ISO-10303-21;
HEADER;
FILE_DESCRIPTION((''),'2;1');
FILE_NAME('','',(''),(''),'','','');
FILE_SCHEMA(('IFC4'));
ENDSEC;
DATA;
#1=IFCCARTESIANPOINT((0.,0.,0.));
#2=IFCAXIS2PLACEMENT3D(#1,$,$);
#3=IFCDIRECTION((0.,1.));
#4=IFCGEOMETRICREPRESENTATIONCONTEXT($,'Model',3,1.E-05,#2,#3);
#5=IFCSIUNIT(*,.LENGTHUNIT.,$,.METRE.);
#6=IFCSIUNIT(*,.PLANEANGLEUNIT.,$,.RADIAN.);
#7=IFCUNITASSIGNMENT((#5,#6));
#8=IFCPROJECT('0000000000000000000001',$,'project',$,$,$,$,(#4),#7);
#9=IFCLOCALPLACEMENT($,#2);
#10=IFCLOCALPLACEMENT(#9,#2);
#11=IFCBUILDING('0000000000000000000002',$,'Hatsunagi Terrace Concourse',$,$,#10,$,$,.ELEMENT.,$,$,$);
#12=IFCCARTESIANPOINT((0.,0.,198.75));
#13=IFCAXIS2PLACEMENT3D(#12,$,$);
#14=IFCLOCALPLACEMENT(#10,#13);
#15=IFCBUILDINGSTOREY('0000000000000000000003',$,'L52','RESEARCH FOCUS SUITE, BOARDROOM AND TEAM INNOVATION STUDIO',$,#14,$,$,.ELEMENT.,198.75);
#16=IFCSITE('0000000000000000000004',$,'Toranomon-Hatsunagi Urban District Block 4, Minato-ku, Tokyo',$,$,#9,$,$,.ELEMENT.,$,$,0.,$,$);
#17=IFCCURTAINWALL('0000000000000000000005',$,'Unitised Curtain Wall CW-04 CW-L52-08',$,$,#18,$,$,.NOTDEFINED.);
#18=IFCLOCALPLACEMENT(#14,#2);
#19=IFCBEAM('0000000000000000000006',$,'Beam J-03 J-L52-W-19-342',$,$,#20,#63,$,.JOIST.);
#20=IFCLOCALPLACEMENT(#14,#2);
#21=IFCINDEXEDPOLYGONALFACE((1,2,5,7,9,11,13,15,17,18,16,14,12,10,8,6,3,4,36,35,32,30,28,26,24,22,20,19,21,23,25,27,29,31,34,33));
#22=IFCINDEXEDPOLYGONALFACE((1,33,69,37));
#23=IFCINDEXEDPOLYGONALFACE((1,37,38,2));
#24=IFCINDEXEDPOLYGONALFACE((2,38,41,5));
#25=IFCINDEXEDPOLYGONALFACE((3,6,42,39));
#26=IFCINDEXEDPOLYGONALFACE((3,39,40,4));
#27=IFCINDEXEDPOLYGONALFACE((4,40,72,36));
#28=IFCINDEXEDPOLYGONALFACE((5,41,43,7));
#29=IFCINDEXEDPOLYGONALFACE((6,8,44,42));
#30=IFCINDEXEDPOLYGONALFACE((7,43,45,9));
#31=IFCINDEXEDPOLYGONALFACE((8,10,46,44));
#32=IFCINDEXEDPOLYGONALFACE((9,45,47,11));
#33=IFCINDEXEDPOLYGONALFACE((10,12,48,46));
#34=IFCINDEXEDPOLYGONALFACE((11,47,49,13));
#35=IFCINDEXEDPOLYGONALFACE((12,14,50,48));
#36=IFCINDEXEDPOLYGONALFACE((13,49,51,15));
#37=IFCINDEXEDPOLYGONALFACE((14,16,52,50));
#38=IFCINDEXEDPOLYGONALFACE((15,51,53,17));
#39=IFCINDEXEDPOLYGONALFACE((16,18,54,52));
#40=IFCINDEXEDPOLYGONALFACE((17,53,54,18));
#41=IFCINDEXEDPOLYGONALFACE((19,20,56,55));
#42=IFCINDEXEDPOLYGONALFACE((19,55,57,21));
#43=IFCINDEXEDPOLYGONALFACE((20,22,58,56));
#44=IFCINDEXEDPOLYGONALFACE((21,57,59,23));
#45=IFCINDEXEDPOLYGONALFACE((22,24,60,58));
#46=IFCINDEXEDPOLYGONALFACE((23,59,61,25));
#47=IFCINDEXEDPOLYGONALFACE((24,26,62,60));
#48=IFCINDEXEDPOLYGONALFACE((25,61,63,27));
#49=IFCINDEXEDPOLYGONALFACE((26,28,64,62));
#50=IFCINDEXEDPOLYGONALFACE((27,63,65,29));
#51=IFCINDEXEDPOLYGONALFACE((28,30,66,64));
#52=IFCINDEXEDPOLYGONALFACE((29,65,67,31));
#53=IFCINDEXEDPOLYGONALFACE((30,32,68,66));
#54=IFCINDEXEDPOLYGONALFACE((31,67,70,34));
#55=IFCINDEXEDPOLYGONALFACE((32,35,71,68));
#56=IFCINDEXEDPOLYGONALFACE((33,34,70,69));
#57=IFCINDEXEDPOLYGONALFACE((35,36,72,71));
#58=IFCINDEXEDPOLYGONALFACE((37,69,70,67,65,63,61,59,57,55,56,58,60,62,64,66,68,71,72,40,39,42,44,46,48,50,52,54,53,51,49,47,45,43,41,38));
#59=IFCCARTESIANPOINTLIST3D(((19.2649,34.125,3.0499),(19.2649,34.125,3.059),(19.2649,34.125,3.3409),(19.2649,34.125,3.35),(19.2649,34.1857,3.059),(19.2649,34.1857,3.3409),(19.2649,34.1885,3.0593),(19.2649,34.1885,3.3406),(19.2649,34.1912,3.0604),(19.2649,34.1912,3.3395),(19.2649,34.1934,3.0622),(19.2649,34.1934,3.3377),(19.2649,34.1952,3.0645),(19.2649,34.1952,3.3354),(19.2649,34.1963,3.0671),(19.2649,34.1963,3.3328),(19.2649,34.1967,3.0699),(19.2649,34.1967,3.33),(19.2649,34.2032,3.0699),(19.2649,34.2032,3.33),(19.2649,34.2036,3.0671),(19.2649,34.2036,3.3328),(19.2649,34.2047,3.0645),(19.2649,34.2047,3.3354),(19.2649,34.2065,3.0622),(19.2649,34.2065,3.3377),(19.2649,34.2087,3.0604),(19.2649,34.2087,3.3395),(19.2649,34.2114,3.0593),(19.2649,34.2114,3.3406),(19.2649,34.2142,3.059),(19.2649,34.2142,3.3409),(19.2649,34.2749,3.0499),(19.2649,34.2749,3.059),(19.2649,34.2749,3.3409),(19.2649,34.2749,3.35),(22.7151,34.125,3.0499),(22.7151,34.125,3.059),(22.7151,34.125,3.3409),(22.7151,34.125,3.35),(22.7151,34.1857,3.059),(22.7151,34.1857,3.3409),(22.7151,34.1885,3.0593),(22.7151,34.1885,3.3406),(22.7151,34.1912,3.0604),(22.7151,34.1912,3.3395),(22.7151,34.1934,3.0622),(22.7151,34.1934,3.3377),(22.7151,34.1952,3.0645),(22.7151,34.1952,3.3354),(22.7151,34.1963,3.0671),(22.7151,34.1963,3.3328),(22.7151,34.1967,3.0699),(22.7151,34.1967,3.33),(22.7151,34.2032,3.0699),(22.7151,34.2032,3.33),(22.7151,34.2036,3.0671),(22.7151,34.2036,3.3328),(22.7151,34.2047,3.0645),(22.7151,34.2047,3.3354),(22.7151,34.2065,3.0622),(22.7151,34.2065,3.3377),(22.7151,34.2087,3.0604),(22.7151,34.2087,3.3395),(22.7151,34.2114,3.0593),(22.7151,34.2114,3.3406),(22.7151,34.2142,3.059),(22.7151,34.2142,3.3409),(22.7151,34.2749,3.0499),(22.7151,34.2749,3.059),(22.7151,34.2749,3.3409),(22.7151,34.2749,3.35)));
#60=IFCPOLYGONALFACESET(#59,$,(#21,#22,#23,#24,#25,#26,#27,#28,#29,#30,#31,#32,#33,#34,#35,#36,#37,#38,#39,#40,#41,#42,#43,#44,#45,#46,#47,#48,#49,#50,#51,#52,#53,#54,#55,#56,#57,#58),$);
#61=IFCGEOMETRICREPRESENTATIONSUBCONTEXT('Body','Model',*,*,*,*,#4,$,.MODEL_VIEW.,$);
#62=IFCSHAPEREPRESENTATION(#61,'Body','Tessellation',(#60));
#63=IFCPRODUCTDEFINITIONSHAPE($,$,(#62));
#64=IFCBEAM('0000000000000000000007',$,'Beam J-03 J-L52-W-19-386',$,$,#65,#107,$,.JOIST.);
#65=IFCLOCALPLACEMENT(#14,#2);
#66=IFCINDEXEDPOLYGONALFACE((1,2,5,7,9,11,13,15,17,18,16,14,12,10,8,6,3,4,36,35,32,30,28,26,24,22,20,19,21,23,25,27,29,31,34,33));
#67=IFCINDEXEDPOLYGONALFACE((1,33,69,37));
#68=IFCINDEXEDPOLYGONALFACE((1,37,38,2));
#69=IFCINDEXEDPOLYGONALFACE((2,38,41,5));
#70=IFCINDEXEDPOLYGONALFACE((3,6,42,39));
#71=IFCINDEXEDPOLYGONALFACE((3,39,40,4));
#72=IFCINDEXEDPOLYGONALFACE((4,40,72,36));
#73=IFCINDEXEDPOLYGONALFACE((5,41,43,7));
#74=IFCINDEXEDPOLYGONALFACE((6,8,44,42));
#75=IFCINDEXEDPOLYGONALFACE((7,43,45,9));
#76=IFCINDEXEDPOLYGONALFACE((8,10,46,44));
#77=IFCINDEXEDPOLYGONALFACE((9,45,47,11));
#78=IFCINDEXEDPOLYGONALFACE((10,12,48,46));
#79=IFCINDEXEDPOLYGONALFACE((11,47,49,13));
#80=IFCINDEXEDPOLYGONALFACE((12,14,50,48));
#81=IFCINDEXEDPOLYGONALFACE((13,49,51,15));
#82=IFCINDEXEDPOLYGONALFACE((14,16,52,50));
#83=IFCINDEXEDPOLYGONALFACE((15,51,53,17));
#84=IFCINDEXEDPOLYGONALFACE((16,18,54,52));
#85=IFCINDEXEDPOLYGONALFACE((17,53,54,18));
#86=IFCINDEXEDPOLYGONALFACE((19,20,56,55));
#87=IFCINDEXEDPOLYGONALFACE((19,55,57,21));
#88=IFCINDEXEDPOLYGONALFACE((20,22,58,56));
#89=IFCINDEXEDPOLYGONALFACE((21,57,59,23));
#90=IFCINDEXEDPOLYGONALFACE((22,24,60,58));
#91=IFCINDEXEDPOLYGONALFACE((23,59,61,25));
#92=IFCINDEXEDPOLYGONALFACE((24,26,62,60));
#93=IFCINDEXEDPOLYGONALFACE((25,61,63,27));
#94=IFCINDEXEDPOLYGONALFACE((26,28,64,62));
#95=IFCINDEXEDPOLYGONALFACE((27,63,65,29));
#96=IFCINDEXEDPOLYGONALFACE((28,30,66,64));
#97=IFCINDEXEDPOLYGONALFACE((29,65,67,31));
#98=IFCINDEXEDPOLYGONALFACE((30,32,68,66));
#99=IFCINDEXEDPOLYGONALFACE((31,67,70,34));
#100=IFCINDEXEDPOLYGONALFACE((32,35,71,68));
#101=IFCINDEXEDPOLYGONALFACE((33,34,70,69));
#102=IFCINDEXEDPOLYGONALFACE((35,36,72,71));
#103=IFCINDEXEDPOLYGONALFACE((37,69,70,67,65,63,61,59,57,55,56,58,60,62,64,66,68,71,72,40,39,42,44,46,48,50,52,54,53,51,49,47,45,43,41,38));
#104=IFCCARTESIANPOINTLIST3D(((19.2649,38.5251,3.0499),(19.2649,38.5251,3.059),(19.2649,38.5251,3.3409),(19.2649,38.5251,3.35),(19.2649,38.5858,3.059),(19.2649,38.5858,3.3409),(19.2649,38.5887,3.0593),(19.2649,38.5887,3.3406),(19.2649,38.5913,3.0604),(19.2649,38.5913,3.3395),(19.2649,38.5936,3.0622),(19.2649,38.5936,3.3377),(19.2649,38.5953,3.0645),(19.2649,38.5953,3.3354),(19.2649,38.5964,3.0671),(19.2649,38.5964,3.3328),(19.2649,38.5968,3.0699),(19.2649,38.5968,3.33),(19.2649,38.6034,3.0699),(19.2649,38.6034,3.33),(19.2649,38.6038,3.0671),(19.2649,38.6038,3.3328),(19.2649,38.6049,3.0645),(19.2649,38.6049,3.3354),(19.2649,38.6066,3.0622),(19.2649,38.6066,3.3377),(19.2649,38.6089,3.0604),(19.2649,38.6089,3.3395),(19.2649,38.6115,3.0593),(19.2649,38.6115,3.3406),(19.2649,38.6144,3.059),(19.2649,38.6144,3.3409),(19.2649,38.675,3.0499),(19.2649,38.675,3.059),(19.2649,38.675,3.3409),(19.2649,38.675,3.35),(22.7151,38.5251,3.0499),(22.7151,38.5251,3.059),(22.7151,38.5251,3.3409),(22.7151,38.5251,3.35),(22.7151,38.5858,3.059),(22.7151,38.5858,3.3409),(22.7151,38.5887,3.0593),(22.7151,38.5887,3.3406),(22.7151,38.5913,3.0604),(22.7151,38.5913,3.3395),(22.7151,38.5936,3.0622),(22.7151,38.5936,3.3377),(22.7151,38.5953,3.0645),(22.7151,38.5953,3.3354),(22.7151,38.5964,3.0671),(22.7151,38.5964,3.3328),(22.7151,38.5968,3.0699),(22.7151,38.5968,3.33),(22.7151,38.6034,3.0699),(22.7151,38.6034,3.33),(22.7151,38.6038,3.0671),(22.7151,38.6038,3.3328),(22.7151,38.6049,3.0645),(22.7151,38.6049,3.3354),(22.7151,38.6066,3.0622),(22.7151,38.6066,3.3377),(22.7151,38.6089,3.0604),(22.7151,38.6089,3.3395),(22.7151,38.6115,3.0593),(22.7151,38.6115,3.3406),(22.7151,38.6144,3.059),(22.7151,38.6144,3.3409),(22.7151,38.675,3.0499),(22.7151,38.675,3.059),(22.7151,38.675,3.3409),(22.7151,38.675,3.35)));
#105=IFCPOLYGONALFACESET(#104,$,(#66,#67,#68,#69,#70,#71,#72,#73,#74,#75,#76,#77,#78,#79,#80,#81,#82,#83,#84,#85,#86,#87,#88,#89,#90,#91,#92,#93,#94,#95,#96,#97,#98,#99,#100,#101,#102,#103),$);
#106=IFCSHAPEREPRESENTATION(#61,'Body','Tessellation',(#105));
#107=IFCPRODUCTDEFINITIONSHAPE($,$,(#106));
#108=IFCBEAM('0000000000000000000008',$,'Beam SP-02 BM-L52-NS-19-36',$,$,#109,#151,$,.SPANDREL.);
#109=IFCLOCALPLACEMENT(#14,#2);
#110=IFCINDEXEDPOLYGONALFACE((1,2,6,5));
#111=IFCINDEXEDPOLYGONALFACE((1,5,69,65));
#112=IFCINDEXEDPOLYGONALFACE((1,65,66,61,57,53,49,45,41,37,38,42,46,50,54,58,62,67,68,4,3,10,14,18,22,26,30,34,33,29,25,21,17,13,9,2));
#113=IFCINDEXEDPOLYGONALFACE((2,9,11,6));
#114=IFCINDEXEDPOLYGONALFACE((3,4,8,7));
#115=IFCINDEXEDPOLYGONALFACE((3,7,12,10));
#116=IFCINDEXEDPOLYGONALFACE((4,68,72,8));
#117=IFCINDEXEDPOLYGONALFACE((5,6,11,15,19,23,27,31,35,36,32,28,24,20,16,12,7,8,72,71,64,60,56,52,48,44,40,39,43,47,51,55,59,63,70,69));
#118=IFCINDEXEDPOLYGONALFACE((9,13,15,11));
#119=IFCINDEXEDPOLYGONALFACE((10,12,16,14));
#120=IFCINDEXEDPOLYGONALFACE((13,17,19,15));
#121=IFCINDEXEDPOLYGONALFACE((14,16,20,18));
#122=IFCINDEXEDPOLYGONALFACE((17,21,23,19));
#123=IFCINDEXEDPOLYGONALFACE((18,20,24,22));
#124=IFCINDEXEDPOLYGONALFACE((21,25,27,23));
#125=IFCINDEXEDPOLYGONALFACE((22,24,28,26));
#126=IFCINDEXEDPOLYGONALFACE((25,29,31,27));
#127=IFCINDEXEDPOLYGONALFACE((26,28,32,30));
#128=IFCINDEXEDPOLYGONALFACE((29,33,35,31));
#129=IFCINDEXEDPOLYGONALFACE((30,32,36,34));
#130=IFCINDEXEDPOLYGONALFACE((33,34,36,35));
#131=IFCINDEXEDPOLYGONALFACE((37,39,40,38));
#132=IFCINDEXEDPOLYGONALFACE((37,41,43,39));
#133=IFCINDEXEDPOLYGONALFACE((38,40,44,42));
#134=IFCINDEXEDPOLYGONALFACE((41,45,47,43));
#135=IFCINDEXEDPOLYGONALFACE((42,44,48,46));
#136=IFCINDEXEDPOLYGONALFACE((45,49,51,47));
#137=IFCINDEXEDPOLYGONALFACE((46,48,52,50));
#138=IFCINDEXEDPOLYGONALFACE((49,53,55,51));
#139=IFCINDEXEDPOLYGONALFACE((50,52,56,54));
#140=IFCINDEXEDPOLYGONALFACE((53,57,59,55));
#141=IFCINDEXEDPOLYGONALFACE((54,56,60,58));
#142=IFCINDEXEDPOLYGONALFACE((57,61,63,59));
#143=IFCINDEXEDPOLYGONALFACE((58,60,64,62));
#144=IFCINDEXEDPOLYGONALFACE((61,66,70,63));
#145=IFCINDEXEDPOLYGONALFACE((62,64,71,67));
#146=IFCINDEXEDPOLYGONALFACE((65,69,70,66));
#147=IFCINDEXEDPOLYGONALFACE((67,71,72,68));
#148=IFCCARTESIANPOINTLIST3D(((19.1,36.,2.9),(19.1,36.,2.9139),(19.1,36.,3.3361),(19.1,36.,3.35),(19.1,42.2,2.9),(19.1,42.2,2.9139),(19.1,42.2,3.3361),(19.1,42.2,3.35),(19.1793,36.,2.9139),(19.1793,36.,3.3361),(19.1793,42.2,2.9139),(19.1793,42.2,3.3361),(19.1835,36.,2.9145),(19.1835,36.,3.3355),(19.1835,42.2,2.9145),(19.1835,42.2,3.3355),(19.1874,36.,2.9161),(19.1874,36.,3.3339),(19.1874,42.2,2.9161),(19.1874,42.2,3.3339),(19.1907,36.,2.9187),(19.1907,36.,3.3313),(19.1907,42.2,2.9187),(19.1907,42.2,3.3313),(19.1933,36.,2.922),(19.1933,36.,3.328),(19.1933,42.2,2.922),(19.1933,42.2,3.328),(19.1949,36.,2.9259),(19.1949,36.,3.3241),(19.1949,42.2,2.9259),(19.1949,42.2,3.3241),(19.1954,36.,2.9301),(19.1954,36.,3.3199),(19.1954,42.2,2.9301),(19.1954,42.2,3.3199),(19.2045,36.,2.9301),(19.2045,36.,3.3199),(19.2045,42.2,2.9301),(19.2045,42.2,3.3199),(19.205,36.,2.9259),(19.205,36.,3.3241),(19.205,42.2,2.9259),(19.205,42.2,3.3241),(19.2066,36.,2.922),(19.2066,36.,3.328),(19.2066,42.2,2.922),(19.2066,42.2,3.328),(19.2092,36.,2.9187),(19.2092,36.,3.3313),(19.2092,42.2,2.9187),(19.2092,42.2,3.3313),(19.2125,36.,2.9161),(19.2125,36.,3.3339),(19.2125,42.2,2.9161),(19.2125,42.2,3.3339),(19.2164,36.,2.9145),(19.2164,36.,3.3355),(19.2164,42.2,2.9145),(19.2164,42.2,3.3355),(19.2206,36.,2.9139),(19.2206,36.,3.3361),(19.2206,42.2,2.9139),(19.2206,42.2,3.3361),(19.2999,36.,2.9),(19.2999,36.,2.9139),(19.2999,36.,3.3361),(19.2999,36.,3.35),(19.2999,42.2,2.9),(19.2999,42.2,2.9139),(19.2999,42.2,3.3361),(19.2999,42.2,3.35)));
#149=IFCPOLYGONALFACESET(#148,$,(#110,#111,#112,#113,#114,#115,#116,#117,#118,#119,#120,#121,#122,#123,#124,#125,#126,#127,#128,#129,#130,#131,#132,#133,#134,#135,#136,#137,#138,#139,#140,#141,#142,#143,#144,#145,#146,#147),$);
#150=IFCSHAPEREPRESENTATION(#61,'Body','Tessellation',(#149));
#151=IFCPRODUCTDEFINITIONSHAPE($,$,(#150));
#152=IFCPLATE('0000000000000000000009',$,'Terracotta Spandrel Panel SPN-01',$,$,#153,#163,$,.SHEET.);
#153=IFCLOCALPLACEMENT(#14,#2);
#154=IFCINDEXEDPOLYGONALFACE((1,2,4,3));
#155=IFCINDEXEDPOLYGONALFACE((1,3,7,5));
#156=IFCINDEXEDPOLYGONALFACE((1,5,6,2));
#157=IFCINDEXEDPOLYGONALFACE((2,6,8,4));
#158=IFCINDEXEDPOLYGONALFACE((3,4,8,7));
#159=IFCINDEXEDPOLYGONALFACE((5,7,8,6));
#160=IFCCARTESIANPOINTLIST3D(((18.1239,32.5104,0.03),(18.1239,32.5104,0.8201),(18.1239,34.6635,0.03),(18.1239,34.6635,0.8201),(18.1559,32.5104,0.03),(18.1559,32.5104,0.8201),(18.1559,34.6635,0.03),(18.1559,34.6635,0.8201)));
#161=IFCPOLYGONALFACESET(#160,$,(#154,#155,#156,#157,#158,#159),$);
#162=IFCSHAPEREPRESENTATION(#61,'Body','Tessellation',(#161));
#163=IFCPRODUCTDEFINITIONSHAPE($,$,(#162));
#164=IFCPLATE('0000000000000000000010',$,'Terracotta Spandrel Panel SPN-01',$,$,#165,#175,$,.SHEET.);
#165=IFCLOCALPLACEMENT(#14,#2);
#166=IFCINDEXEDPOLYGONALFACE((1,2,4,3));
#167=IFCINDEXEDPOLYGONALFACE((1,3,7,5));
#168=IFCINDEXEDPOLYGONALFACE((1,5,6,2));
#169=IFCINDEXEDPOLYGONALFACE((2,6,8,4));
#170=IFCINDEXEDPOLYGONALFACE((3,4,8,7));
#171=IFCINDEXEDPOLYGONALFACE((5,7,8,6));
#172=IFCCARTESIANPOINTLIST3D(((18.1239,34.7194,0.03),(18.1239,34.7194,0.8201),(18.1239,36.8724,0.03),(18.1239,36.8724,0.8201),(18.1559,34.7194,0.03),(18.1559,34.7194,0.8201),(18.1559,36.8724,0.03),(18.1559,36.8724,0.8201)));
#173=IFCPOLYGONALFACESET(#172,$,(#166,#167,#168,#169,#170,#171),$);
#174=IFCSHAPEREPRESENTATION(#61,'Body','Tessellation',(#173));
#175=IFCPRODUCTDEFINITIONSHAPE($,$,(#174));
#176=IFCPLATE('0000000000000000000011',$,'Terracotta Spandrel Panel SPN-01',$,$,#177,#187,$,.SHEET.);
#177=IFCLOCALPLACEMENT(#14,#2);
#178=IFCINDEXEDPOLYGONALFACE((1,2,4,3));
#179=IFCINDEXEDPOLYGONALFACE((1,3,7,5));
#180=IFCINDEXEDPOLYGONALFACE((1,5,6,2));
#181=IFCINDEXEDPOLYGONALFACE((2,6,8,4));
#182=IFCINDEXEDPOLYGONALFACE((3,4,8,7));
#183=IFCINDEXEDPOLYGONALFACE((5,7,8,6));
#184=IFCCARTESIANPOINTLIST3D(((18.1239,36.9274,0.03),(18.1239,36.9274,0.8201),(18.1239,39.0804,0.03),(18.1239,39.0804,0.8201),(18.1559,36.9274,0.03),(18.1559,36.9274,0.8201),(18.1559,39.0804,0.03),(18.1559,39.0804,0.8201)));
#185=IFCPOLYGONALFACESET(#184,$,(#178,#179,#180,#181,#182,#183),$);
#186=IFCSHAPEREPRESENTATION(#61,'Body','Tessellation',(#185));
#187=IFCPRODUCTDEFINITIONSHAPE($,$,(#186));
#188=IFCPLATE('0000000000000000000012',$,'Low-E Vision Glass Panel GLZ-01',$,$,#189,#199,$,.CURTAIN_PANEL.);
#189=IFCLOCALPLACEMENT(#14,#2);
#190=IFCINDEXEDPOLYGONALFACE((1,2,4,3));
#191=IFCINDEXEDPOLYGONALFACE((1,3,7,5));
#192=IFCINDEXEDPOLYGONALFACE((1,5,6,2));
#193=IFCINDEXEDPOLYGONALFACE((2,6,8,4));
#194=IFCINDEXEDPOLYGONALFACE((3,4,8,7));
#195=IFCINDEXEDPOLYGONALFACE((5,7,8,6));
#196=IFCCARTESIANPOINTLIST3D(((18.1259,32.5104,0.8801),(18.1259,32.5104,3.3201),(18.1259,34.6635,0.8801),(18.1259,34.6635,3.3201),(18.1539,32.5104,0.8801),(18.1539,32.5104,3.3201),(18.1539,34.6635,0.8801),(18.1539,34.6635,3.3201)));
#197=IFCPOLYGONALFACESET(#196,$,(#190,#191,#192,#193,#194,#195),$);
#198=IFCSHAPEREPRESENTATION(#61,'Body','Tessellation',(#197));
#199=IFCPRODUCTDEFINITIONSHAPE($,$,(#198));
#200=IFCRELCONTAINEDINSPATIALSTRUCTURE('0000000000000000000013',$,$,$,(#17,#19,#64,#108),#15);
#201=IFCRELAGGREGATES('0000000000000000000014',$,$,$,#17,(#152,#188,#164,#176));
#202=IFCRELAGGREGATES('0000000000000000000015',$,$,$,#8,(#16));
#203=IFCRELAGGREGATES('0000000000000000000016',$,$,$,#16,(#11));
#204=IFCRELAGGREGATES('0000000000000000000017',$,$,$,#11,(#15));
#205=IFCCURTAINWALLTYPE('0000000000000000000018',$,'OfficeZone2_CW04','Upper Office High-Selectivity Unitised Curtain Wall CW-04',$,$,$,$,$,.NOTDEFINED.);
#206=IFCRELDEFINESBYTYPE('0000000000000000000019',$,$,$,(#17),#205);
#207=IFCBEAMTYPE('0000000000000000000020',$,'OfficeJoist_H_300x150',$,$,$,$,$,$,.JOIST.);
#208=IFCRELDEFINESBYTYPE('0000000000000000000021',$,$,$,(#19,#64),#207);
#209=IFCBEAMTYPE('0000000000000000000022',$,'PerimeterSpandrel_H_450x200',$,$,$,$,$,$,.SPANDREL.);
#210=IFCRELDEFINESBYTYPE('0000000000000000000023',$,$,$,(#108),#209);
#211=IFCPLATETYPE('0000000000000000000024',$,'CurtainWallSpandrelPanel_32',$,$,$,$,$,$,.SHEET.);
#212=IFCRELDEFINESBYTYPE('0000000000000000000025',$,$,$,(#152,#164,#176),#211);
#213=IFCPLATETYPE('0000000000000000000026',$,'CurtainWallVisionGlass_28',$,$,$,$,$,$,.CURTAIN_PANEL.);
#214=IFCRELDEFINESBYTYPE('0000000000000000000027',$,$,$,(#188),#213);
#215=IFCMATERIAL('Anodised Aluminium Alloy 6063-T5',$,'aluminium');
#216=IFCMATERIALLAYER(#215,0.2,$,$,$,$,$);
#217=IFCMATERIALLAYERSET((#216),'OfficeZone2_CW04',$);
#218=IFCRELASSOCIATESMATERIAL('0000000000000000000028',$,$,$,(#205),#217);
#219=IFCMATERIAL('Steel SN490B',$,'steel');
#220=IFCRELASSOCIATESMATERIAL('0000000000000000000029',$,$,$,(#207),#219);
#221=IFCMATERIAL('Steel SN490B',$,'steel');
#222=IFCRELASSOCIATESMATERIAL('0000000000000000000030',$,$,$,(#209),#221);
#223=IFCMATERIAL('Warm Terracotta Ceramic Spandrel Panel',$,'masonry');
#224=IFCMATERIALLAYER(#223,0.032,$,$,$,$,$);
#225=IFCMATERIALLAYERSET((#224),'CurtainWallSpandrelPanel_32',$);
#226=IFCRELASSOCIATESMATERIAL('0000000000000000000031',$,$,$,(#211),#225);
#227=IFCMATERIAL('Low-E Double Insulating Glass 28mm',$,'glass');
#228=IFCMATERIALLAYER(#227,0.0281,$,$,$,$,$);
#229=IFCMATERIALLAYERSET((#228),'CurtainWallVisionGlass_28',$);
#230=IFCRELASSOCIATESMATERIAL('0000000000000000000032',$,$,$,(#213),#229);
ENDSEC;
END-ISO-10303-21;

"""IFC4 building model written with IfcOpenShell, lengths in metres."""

from ifc_helpers import new_model, si_unit, direction, frame, origin, origin_2d, place, context, subcontext, project, spatial, rectangle, i_section, extrude, material, layer, layer_set, material_profile, profile_set, type_object, element, aggregate, save


model = new_model("IFC4")

# Units and contexts
model_context = context("Model", 3, precision=1e-05, world=origin(), true_north=direction((0.0, 1.0)))
body_context = subcontext(model_context, "Body", "Model", "MODEL_VIEW")
ifc_project = project(units=[si_unit("LENGTHUNIT", "METRE"), si_unit("PLANEANGLEUNIT", "RADIAN")], contexts=[model_context])

# Site, building, storey
site_placement = place(None, origin())
site = spatial("IfcSite", under=ifc_project, at=site_placement, Name="Toranomon-Hatsunagi Urban District Block 4, Minato-ku, Tokyo", CompositionType="ELEMENT", RefElevation=0.0)
building_placement = place(site_placement, origin())
building = spatial("IfcBuilding", under=site, at=building_placement, Name="Hatsunagi Terrace Concourse", CompositionType="ELEMENT")
storey_placement = place(building_placement, frame((0.0, 0.0, 198.75)))
storey = spatial("IfcBuildingStorey", under=building, at=storey_placement, Name="L52", Description="RESEARCH FOCUS SUITE, BOARDROOM AND TEAM INNOVATION STUDIO", CompositionType="ELEMENT", Elevation=198.75)

# Curtain wall
ifc_material_1 = material(Name="Anodised Aluminium Alloy 6063-T5", Category="aluminium")
ifc_layer_1 = layer(ifc_material_1, 0.2)
ifc_layer_set_1 = layer_set([ifc_layer_1], Name="OfficeZone2_CW04")
curtain_wall_type = type_object("IfcCurtainWallType", Name="OfficeZone2_CW04", Description="Upper Office High-Selectivity Unitised Curtain Wall CW-04", PredefinedType="NOTDEFINED", material=ifc_layer_set_1)
curtain_wall_placement = place(storey_placement, origin())
curtain_wall = element("IfcCurtainWall", 1, at=curtain_wall_placement, inside=storey, type_object=curtain_wall_type, Name="Unitised Curtain Wall CW-04 CW-L52-08", PredefinedType="NOTDEFINED")

# Beams
ifc_material_2 = material(Name="Steel SN490B", Category="steel")
ifc_material_profile_1 = material_profile(ifc_material_2, i_section(OverallWidth=0.1499, OverallDepth=0.3, WebThickness=0.0066, FlangeThickness=0.009, FilletRadius=0.011, at=origin_2d()), Name="H-300x150x6.5x9")
ifc_profile_set_1 = profile_set([ifc_material_profile_1], Name="Steel SN490B")
beam_type_1 = type_object("IfcBeamType", Name="OfficeJoist_H_300x150", PredefinedType="JOIST", material=ifc_profile_set_1)
for number, where, z_axis, x_axis, name in (
    (2, (19.2649, 34.2, 3.2), (1.0, 0.0, 0.0), (0.0, 1.0, 0.0), "Beam J-03 J-L52-W-19-342"),
    (3, (19.2649, 38.6001, 3.2), (1.0, 0.0, 0.0), (0.0, 1.0, 0.0), "Beam J-03 J-L52-W-19-386"),
):
    element("IfcBeam", number, at=place(storey_placement, frame(where, z_axis=z_axis, x_axis=x_axis)), inside=storey, type_object=beam_type_1, Name=name, PredefinedType="JOIST", context=body_context, shape_type="SweptSolid", body=[
        extrude(i_section(OverallWidth=0.1499, OverallDepth=0.3, WebThickness=0.0066, FlangeThickness=0.009, FilletRadius=0.011, at=origin_2d()), origin(), (0.0, 0.0, 1.0), 3.4502),
    ])
ifc_material_3 = material(Name="Steel SN490B", Category="steel")
ifc_material_profile_2 = material_profile(ifc_material_3, i_section(OverallWidth=0.2, OverallDepth=0.45, WebThickness=0.009, FlangeThickness=0.0139, FilletRadius=0.0161, at=origin_2d()), Name="H-450x200x9x14")
ifc_profile_set_2 = profile_set([ifc_material_profile_2], Name="Steel SN490B")
beam_type_2 = type_object("IfcBeamType", Name="PerimeterSpandrel_H_450x200", PredefinedType="SPANDREL", material=ifc_profile_set_2)
beam_1_placement = place(storey_placement, frame((19.2, 36.0, 3.125), z_axis=(0.0, 1.0, 0.0), x_axis=(-1.0, 0.0, 0.0)))
element("IfcBeam", 4, at=beam_1_placement, inside=storey, type_object=beam_type_2, Name="Beam SP-02 BM-L52-NS-19-36", PredefinedType="SPANDREL", context=body_context, shape_type="SweptSolid", body=[
    extrude(i_section(OverallWidth=0.2, OverallDepth=0.45, WebThickness=0.009, FlangeThickness=0.0139, FilletRadius=0.0161, at=origin_2d()), origin(), (0.0, 0.0, 1.0), 6.2),
])

# Plates
ifc_material_4 = material(Name="Warm Terracotta Ceramic Spandrel Panel", Category="masonry")
ifc_layer_2 = layer(ifc_material_4, 0.032)
ifc_layer_set_2 = layer_set([ifc_layer_2], Name="CurtainWallSpandrelPanel_32")
plate_type_1 = type_object("IfcPlateType", Name="CurtainWallSpandrelPanel_32", PredefinedType="SHEET", material=ifc_layer_set_2)
plate_1_placement = place(storey_placement, frame((18.1399, 33.5869, 0.03), z_axis=(0.0, 0.0, 1.0), x_axis=(0.0, 1.0, 0.0)))
plate_1 = element("IfcPlate", 5, at=plate_1_placement, type_object=plate_type_1, Name="Terracotta Spandrel Panel SPN-01", PredefinedType="SHEET", context=body_context, shape_type="SweptSolid", body=[
    extrude(rectangle(XDim=2.1531, YDim=0.032, at=origin_2d()), origin(), (0.0, 0.0, 1.0), 0.79),
])
plate_2_placement = place(storey_placement, frame((18.1399, 35.7959, 0.03), z_axis=(0.0, 0.0, 1.0), x_axis=(0.0, 1.0, 0.0)))
plate_2 = element("IfcPlate", 6, at=plate_2_placement, type_object=plate_type_1, Name="Terracotta Spandrel Panel SPN-01", PredefinedType="SHEET", context=body_context, shape_type="SweptSolid", body=[
    extrude(rectangle(XDim=2.1531, YDim=0.032, at=origin_2d()), origin(), (0.0, 0.0, 1.0), 0.79),
])
plate_3_placement = place(storey_placement, frame((18.1399, 38.0039, 0.03), z_axis=(0.0, 0.0, 1.0), x_axis=(0.0, 1.0, 0.0)))
plate_3 = element("IfcPlate", 7, at=plate_3_placement, type_object=plate_type_1, Name="Terracotta Spandrel Panel SPN-01", PredefinedType="SHEET", context=body_context, shape_type="SweptSolid", body=[
    extrude(rectangle(XDim=2.1531, YDim=0.032, at=origin_2d()), origin(), (0.0, 0.0, 1.0), 0.79),
])
ifc_material_5 = material(Name="Low-E Double Insulating Glass 28mm", Category="glass")
ifc_layer_3 = layer(ifc_material_5, 0.0281)
ifc_layer_set_3 = layer_set([ifc_layer_3], Name="CurtainWallVisionGlass_28")
plate_type_2 = type_object("IfcPlateType", Name="CurtainWallVisionGlass_28", PredefinedType="CURTAIN_PANEL", material=ifc_layer_set_3)
plate_4_placement = place(storey_placement, frame((18.1399, 33.5869, 0.8801), z_axis=(0.0, 0.0, 1.0), x_axis=(0.0, 1.0, 0.0)))
plate_4 = element("IfcPlate", 8, at=plate_4_placement, type_object=plate_type_2, Name="Low-E Vision Glass Panel GLZ-01", PredefinedType="CURTAIN_PANEL", context=body_context, shape_type="SweptSolid", body=[
    extrude(rectangle(XDim=2.1531, YDim=0.0281, at=origin_2d()), origin(), (0.0, 0.0, 1.0), 2.4399),
])
aggregate(curtain_wall, [plate_1, plate_4, plate_2, plate_3])

save(model, "model.ifc")
